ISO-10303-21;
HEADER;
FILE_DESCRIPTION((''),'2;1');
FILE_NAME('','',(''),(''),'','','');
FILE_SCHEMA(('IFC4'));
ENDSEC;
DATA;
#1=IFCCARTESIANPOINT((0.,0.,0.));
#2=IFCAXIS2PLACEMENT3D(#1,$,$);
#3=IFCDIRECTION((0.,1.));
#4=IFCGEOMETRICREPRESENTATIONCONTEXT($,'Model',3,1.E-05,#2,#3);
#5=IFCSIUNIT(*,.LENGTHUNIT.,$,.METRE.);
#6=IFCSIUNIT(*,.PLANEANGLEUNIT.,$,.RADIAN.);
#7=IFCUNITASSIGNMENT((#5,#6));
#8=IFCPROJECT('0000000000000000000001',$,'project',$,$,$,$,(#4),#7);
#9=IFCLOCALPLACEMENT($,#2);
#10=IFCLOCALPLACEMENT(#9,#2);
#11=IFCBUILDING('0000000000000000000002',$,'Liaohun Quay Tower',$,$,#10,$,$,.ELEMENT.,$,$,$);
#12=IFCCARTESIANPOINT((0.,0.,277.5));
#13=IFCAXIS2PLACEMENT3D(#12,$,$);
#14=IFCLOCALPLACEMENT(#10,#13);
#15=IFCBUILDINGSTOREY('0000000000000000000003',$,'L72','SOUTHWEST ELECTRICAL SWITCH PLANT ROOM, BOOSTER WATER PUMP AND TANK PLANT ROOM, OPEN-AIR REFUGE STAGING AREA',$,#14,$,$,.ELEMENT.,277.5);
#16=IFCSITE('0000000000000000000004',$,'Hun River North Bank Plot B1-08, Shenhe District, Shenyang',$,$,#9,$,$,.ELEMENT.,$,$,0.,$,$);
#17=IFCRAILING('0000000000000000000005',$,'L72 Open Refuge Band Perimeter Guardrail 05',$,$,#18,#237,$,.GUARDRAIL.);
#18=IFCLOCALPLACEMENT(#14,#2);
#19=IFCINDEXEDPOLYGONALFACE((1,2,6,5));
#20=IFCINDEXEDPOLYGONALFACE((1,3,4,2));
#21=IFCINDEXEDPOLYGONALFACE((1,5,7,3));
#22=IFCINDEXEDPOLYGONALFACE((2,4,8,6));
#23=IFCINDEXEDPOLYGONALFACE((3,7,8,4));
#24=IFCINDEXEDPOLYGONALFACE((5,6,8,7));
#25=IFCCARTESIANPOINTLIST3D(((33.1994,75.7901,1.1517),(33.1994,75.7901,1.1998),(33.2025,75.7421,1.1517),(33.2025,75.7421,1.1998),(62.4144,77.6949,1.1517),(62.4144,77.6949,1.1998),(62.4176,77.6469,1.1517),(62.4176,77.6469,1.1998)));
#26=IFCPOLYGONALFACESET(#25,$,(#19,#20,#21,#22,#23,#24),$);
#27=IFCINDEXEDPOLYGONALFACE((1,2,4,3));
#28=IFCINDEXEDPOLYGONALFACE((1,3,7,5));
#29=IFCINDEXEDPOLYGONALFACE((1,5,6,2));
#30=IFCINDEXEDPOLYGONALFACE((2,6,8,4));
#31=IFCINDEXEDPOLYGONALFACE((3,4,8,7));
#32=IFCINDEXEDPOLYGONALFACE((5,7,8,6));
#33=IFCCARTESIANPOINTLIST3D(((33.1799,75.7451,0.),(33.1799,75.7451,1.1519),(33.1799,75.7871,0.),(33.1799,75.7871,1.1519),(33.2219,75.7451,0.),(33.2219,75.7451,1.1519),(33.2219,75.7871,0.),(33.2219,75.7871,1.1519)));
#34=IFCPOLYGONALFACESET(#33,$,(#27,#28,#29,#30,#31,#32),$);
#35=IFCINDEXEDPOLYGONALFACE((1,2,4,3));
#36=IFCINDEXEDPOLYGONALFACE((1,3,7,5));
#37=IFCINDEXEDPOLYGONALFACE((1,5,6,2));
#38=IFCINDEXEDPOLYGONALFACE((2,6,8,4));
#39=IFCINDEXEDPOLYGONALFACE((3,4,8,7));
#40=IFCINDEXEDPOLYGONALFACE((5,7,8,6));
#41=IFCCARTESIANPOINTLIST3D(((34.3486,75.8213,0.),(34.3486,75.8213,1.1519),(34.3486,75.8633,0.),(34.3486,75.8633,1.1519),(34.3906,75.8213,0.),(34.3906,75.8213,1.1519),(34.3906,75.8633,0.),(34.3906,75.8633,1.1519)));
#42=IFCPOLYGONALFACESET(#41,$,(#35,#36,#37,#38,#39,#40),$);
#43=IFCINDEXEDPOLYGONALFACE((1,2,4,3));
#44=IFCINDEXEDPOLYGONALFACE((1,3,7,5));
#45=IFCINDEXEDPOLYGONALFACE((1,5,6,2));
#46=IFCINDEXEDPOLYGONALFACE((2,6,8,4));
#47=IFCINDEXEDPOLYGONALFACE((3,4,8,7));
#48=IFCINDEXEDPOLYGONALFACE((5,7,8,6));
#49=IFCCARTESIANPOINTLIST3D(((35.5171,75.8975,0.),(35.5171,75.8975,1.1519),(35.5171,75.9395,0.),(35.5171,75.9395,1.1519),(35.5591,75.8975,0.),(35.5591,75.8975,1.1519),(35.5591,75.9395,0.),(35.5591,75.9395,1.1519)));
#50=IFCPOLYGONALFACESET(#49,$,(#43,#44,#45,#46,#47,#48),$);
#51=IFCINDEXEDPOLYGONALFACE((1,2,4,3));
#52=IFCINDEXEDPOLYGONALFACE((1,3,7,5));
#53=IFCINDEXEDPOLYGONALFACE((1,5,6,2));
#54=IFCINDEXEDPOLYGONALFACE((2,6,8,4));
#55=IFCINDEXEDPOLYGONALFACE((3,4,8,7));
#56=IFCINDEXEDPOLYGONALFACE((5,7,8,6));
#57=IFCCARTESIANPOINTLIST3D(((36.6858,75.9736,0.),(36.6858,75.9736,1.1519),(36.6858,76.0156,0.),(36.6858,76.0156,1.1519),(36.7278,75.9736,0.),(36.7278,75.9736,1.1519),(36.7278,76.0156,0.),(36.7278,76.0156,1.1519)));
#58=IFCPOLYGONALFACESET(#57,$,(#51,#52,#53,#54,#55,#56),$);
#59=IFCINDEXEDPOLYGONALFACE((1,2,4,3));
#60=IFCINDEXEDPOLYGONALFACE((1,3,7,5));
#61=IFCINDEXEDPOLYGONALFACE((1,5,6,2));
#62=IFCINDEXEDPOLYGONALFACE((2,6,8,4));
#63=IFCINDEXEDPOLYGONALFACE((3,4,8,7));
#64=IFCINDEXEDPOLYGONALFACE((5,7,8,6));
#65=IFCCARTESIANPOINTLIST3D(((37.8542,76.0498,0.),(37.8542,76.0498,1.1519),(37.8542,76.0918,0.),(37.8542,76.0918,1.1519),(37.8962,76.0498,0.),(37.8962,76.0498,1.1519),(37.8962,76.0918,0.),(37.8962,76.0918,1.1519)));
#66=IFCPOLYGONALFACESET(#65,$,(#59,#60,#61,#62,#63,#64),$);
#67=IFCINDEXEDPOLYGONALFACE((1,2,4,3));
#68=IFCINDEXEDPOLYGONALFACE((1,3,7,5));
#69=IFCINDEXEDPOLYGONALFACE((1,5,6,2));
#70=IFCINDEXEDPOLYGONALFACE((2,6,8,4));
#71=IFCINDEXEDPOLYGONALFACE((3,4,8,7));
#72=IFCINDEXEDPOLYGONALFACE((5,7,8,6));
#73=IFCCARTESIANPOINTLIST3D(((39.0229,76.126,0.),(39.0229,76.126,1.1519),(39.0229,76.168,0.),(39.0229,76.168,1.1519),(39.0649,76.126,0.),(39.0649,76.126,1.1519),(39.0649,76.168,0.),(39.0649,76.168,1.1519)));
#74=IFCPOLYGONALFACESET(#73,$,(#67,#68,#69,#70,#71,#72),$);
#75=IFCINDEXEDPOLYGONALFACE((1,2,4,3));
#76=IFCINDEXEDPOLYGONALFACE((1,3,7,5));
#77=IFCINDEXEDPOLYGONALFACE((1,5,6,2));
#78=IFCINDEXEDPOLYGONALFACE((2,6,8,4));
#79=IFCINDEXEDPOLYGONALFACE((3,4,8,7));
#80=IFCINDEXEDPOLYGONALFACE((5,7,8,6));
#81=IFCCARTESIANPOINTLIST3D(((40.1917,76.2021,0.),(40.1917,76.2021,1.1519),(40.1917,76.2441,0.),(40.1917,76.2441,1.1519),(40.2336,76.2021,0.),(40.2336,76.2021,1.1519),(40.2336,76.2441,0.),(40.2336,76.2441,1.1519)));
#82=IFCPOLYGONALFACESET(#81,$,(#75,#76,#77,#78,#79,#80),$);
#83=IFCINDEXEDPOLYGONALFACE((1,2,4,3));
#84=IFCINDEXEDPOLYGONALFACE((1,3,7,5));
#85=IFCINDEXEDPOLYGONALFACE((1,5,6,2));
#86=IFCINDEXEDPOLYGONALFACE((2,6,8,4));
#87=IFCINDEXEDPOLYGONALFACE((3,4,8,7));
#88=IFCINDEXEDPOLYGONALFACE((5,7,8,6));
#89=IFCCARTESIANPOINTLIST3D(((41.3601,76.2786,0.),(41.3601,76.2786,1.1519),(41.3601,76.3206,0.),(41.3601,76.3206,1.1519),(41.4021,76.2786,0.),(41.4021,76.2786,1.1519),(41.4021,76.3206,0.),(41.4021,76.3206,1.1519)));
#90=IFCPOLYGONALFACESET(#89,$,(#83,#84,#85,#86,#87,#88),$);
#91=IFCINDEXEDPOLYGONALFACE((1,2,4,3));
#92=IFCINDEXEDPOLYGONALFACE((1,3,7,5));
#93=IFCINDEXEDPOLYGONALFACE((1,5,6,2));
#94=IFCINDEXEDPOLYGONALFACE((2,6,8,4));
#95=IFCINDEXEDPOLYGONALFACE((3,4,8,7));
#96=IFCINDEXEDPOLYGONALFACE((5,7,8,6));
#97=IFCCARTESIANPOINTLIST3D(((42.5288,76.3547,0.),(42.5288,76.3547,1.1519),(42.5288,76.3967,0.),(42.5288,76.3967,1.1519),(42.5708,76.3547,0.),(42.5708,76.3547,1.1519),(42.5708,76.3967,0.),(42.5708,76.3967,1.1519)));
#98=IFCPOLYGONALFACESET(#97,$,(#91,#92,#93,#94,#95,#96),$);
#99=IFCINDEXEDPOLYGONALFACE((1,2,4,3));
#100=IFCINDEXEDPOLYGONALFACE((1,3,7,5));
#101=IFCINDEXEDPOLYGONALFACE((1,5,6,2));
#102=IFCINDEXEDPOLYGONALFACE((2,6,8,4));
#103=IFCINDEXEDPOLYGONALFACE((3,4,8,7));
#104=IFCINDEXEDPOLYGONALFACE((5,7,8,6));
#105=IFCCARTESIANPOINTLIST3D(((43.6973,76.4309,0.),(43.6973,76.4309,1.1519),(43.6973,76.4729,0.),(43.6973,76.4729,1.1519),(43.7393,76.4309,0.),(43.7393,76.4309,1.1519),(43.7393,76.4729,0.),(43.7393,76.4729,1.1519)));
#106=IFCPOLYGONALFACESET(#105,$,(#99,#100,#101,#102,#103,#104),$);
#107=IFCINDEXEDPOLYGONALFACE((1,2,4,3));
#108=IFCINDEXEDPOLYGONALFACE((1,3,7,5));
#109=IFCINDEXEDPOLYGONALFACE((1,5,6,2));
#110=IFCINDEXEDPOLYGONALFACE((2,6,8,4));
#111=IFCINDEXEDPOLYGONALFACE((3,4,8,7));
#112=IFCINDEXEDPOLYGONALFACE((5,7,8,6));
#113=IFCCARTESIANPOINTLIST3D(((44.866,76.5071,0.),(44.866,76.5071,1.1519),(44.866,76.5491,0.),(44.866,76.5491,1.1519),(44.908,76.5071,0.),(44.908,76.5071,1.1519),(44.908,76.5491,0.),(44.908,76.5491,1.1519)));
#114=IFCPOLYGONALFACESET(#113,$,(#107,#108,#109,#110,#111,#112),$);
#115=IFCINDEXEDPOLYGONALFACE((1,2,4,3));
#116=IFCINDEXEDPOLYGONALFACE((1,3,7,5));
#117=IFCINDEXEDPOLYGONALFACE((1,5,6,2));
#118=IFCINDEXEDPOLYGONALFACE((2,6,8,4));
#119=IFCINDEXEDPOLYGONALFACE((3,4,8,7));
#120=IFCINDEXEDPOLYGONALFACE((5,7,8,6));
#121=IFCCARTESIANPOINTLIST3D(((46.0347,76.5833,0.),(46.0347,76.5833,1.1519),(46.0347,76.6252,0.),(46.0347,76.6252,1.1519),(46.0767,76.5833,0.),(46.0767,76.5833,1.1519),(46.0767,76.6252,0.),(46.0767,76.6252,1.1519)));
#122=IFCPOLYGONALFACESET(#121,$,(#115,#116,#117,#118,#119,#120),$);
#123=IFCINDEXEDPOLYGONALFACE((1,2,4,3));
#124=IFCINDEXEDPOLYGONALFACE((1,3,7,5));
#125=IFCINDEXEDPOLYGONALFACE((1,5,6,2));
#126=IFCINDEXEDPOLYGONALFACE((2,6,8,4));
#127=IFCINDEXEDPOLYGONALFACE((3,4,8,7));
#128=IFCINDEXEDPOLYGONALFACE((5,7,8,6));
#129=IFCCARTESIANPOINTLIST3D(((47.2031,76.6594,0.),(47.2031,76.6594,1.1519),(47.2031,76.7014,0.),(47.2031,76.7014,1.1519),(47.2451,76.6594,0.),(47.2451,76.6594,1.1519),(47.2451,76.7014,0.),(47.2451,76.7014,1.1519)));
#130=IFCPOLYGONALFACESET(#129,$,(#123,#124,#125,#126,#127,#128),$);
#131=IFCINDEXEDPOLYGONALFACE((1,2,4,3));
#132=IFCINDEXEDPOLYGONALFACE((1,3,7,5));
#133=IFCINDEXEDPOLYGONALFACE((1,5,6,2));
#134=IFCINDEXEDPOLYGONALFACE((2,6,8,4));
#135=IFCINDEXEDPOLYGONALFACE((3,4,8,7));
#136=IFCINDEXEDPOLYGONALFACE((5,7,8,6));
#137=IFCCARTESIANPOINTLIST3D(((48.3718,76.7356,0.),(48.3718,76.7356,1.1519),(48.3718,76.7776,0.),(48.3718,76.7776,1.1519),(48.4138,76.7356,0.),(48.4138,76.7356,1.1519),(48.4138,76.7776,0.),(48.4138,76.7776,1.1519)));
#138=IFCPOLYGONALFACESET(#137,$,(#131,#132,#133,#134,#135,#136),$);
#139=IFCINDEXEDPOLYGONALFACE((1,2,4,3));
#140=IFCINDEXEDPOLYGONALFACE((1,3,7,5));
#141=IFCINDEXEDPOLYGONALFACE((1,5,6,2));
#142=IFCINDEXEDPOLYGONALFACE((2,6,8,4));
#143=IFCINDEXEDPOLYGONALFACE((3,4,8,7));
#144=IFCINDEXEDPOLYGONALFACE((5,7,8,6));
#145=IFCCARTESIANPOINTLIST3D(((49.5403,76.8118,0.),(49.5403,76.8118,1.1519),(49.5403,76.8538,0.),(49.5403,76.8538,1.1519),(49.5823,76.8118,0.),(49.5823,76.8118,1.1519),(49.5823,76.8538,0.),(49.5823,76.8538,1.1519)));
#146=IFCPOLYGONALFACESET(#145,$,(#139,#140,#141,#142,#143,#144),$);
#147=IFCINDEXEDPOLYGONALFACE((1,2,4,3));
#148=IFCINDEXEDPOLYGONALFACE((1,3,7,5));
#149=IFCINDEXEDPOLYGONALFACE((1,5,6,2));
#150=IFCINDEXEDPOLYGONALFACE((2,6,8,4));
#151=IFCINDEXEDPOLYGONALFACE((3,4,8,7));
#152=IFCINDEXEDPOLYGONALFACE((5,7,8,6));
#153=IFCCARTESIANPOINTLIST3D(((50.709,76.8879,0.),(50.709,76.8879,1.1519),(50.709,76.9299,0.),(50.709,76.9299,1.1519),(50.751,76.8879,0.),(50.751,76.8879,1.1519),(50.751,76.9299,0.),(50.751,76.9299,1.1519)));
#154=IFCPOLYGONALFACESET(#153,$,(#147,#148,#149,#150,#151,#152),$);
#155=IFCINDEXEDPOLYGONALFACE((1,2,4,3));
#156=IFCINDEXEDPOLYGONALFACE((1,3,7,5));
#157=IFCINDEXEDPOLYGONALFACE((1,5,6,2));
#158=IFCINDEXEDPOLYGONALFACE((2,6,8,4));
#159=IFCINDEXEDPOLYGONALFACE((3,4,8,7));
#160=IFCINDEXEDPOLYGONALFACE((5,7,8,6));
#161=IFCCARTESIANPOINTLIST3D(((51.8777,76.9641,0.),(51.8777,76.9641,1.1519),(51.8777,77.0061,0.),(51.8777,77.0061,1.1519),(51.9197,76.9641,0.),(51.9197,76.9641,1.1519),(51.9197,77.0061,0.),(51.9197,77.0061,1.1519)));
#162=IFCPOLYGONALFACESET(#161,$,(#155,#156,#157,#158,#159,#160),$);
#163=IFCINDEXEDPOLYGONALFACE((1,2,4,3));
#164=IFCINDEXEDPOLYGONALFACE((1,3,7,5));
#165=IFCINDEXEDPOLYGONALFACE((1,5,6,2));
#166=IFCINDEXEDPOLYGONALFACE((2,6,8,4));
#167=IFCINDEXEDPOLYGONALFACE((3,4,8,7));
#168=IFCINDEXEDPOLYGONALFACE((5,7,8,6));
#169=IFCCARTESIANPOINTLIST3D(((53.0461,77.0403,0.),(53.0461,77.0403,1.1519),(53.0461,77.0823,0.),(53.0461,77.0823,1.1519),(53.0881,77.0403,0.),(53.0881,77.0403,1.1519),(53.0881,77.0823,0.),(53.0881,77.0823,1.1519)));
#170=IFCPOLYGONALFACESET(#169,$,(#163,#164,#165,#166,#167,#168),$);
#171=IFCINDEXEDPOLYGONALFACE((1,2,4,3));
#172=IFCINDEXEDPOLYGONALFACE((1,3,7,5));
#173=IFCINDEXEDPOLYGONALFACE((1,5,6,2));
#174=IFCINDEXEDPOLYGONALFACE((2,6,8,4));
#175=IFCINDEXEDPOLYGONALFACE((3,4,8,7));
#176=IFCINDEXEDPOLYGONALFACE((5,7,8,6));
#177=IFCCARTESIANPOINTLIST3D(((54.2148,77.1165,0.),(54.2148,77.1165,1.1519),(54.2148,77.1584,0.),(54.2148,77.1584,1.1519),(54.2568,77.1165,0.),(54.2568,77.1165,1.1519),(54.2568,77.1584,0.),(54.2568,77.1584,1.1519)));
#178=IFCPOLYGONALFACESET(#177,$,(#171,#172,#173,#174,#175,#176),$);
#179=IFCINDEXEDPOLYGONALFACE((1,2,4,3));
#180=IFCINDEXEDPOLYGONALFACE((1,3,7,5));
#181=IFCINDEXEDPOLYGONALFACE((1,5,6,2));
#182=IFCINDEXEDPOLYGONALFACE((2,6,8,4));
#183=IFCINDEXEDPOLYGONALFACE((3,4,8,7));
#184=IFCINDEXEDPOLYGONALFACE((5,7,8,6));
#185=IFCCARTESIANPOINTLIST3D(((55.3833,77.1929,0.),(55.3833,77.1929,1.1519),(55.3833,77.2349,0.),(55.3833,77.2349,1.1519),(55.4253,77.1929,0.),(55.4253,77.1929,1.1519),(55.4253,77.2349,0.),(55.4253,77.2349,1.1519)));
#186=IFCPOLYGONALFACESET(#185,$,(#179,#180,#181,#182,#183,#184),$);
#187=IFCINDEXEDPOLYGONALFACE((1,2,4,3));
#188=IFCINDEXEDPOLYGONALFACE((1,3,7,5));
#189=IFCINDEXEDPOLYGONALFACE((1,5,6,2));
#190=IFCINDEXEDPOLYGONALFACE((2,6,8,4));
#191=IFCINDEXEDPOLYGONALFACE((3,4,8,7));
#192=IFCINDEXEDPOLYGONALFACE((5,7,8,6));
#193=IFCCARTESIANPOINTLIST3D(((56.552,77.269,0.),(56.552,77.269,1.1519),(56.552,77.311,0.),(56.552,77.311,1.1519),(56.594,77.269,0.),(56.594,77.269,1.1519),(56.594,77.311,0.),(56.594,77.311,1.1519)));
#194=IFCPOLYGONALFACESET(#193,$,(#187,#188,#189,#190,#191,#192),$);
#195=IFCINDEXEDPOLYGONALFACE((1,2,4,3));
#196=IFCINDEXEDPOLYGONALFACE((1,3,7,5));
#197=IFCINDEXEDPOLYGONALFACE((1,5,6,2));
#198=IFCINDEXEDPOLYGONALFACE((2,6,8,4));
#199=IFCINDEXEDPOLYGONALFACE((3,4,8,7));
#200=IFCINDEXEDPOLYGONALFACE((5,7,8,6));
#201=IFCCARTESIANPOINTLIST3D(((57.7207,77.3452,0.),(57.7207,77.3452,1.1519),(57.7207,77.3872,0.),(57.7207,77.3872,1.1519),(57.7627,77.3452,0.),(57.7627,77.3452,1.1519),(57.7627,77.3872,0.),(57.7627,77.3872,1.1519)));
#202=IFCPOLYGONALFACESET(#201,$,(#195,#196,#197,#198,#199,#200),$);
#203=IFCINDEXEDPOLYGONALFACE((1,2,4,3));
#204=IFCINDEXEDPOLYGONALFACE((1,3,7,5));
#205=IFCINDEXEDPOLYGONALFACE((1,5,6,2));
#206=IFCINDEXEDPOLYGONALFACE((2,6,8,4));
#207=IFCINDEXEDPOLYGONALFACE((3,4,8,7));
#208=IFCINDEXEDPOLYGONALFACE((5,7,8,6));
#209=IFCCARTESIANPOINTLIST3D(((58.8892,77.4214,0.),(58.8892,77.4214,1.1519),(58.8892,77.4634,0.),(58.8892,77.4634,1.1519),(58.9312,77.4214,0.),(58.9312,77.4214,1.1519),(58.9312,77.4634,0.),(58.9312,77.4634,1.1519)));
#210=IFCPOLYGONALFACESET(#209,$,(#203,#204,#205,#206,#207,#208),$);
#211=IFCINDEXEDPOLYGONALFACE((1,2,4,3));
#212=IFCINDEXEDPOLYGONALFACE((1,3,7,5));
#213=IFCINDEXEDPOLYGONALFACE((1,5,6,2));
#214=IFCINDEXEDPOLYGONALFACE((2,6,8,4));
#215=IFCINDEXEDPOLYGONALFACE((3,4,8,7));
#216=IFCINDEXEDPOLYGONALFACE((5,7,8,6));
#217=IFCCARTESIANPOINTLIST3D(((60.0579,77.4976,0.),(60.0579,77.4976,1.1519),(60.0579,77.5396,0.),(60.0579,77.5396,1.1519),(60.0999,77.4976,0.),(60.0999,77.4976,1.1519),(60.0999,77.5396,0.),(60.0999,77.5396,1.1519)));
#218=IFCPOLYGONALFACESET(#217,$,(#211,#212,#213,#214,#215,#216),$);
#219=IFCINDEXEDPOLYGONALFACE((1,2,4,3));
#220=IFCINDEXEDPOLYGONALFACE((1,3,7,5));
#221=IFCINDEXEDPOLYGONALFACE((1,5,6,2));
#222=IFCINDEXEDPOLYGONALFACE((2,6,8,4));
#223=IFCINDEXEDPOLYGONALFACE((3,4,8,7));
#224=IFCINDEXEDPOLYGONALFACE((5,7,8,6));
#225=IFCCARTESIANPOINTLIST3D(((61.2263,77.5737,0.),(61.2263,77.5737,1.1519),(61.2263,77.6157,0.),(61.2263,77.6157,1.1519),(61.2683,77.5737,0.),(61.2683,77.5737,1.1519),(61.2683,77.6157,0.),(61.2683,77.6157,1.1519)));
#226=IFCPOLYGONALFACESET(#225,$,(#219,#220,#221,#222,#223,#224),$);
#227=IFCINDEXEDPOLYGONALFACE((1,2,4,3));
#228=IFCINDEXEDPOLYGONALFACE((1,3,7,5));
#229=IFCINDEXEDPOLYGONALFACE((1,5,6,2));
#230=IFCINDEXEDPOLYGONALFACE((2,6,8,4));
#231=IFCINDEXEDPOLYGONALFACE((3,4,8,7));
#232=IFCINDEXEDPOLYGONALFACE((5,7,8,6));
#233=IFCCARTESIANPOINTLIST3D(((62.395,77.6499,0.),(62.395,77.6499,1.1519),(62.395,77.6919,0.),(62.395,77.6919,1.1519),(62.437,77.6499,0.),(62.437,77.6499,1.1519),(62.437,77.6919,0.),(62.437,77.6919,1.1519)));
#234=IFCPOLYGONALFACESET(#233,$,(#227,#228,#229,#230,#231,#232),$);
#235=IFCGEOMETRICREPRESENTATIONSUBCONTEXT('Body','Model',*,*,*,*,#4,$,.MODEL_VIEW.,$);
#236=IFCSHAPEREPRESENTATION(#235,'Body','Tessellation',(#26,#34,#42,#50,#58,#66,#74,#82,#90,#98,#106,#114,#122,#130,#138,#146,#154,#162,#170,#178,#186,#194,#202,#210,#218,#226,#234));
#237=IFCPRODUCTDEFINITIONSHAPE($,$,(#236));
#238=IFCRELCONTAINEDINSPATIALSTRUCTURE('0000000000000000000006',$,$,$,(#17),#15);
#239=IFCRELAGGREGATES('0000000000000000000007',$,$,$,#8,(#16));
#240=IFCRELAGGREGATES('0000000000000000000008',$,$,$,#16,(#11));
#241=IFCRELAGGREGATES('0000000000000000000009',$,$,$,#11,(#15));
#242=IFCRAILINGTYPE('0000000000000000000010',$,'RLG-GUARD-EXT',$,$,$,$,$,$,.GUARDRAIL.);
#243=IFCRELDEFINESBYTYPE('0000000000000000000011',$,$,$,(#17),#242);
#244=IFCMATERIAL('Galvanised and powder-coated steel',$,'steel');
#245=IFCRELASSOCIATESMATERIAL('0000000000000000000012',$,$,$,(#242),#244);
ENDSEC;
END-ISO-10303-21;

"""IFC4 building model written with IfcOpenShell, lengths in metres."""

from ifc_helpers import new_model, si_unit, direction, frame, origin, origin_2d, place, context, subcontext, project, spatial, rectangle, extrude, material, type_object, element, save


model = new_model("IFC4")

# Units and contexts
model_context = context("Model", 3, precision=1e-05, world=origin(), true_north=direction((0.0, 1.0)))
body_context = subcontext(model_context, "Body", "Model", "MODEL_VIEW")
ifc_project = project(units=[si_unit("LENGTHUNIT", "METRE"), si_unit("PLANEANGLEUNIT", "RADIAN")], contexts=[model_context])

# Site, building, storey
site_placement = place(None, origin())
site = spatial("IfcSite", under=ifc_project, at=site_placement, Name="Hun River North Bank Plot B1-08, Shenhe District, Shenyang", CompositionType="ELEMENT", RefElevation=0.0)
building_placement = place(site_placement, origin())
building = spatial("IfcBuilding", under=site, at=building_placement, Name="Liaohun Quay Tower", CompositionType="ELEMENT")
storey_placement = place(building_placement, frame((0.0, 0.0, 277.5)))
storey = spatial("IfcBuildingStorey", under=building, at=storey_placement, Name="L72", Description="SOUTHWEST ELECTRICAL SWITCH PLANT ROOM, BOOSTER WATER PUMP AND TANK PLANT ROOM, OPEN-AIR REFUGE STAGING AREA", CompositionType="ELEMENT", Elevation=277.5)

# Railing
ifc_material_1 = material(Name="Galvanised and powder-coated steel", Category="steel")
railing_type = type_object("IfcRailingType", Name="RLG-GUARD-EXT", PredefinedType="GUARDRAIL", material=ifc_material_1)
railing_1_placement = place(storey_placement, frame((33.2009, 75.7661, 0.0)))
element("IfcRailing", 1, at=railing_1_placement, inside=storey, type_object=railing_type, Name="L72 Open Refuge Band Perimeter Guardrail 05", PredefinedType="GUARDRAIL", context=body_context, shape_type="SweptSolid", body=[
    extrude(rectangle(XDim=0.0481, YDim=0.0481, at=origin_2d()), frame((0.0, 0.0, 1.1758), z_axis=(0.997881, 0.065061, 0.0), x_axis=(-0.065061, 0.997881, 0.0)), (0.0, 0.0, 1.0), 29.2771),
    extrude(rectangle(XDim=0.042, YDim=0.042, at=origin_2d()), origin(), (0.0, 0.0, 1.0), 1.1519),
    extrude(rectangle(XDim=0.042, YDim=0.042, at=origin_2d()), frame((1.1687, 0.0762, 0.0)), (0.0, 0.0, 1.0), 1.1519),
    extrude(rectangle(XDim=0.042, YDim=0.042, at=origin_2d()), frame((2.3372, 0.1523, 0.0)), (0.0, 0.0, 1.0), 1.1519),
    extrude(rectangle(XDim=0.042, YDim=0.042, at=origin_2d()), frame((3.5059, 0.2285, 0.0)), (0.0, 0.0, 1.0), 1.1519),
    extrude(rectangle(XDim=0.042, YDim=0.042, at=origin_2d()), frame((4.6743, 0.3047, 0.0)), (0.0, 0.0, 1.0), 1.1519),
    extrude(rectangle(XDim=0.042, YDim=0.042, at=origin_2d()), frame((5.843, 0.3809, 0.0)), (0.0, 0.0, 1.0), 1.1519),
    extrude(rectangle(XDim=0.042, YDim=0.042, at=origin_2d()), frame((7.0117, 0.457, 0.0)), (0.0, 0.0, 1.0), 1.1519),
    extrude(rectangle(XDim=0.042, YDim=0.042, at=origin_2d()), frame((8.1802, 0.5334, 0.0)), (0.0, 0.0, 1.0), 1.1519),
    extrude(rectangle(XDim=0.042, YDim=0.042, at=origin_2d()), frame((9.3489, 0.6096, 0.0)), (0.0, 0.0, 1.0), 1.1519),
    extrude(rectangle(XDim=0.042, YDim=0.042, at=origin_2d()), frame((10.5173, 0.6858, 0.0)), (0.0, 0.0, 1.0), 1.1519),
    extrude(rectangle(XDim=0.042, YDim=0.042, at=origin_2d()), frame((11.686, 0.762, 0.0)), (0.0, 0.0, 1.0), 1.1519),
    extrude(rectangle(XDim=0.042, YDim=0.042, at=origin_2d()), frame((12.8547, 0.8381, 0.0)), (0.0, 0.0, 1.0), 1.1519),
    extrude(rectangle(XDim=0.042, YDim=0.042, at=origin_2d()), frame((14.0232, 0.9143, 0.0)), (0.0, 0.0, 1.0), 1.1519),
    extrude(rectangle(XDim=0.042, YDim=0.042, at=origin_2d()), frame((15.1919, 0.9905, 0.0)), (0.0, 0.0, 1.0), 1.1519),
    extrude(rectangle(XDim=0.042, YDim=0.042, at=origin_2d()), frame((16.3604, 1.0667, 0.0)), (0.0, 0.0, 1.0), 1.1519),
    extrude(rectangle(XDim=0.042, YDim=0.042, at=origin_2d()), frame((17.5291, 1.1428, 0.0)), (0.0, 0.0, 1.0), 1.1519),
    extrude(rectangle(XDim=0.042, YDim=0.042, at=origin_2d()), frame((18.6978, 1.219, 0.0)), (0.0, 0.0, 1.0), 1.1519),
    extrude(rectangle(XDim=0.042, YDim=0.042, at=origin_2d()), frame((19.8662, 1.2952, 0.0)), (0.0, 0.0, 1.0), 1.1519),
    extrude(rectangle(XDim=0.042, YDim=0.042, at=origin_2d()), frame((21.0349, 1.3713, 0.0)), (0.0, 0.0, 1.0), 1.1519),
    extrude(rectangle(XDim=0.042, YDim=0.042, at=origin_2d()), frame((22.2034, 1.4478, 0.0)), (0.0, 0.0, 1.0), 1.1519),
    extrude(rectangle(XDim=0.042, YDim=0.042, at=origin_2d()), frame((23.3721, 1.5239, 0.0)), (0.0, 0.0, 1.0), 1.1519),
    extrude(rectangle(XDim=0.042, YDim=0.042, at=origin_2d()), frame((24.5408, 1.6001, 0.0)), (0.0, 0.0, 1.0), 1.1519),
    extrude(rectangle(XDim=0.042, YDim=0.042, at=origin_2d()), frame((25.7092, 1.6763, 0.0)), (0.0, 0.0, 1.0), 1.1519),
    extrude(rectangle(XDim=0.042, YDim=0.042, at=origin_2d()), frame((26.8779, 1.7524, 0.0)), (0.0, 0.0, 1.0), 1.1519),
    extrude(rectangle(XDim=0.042, YDim=0.042, at=origin_2d()), frame((28.0464, 1.8286, 0.0)), (0.0, 0.0, 1.0), 1.1519),
    extrude(rectangle(XDim=0.042, YDim=0.042, at=origin_2d()), frame((29.2151, 1.9048, 0.0)), (0.0, 0.0, 1.0), 1.1519),
])

save(model, "model.ifc")
